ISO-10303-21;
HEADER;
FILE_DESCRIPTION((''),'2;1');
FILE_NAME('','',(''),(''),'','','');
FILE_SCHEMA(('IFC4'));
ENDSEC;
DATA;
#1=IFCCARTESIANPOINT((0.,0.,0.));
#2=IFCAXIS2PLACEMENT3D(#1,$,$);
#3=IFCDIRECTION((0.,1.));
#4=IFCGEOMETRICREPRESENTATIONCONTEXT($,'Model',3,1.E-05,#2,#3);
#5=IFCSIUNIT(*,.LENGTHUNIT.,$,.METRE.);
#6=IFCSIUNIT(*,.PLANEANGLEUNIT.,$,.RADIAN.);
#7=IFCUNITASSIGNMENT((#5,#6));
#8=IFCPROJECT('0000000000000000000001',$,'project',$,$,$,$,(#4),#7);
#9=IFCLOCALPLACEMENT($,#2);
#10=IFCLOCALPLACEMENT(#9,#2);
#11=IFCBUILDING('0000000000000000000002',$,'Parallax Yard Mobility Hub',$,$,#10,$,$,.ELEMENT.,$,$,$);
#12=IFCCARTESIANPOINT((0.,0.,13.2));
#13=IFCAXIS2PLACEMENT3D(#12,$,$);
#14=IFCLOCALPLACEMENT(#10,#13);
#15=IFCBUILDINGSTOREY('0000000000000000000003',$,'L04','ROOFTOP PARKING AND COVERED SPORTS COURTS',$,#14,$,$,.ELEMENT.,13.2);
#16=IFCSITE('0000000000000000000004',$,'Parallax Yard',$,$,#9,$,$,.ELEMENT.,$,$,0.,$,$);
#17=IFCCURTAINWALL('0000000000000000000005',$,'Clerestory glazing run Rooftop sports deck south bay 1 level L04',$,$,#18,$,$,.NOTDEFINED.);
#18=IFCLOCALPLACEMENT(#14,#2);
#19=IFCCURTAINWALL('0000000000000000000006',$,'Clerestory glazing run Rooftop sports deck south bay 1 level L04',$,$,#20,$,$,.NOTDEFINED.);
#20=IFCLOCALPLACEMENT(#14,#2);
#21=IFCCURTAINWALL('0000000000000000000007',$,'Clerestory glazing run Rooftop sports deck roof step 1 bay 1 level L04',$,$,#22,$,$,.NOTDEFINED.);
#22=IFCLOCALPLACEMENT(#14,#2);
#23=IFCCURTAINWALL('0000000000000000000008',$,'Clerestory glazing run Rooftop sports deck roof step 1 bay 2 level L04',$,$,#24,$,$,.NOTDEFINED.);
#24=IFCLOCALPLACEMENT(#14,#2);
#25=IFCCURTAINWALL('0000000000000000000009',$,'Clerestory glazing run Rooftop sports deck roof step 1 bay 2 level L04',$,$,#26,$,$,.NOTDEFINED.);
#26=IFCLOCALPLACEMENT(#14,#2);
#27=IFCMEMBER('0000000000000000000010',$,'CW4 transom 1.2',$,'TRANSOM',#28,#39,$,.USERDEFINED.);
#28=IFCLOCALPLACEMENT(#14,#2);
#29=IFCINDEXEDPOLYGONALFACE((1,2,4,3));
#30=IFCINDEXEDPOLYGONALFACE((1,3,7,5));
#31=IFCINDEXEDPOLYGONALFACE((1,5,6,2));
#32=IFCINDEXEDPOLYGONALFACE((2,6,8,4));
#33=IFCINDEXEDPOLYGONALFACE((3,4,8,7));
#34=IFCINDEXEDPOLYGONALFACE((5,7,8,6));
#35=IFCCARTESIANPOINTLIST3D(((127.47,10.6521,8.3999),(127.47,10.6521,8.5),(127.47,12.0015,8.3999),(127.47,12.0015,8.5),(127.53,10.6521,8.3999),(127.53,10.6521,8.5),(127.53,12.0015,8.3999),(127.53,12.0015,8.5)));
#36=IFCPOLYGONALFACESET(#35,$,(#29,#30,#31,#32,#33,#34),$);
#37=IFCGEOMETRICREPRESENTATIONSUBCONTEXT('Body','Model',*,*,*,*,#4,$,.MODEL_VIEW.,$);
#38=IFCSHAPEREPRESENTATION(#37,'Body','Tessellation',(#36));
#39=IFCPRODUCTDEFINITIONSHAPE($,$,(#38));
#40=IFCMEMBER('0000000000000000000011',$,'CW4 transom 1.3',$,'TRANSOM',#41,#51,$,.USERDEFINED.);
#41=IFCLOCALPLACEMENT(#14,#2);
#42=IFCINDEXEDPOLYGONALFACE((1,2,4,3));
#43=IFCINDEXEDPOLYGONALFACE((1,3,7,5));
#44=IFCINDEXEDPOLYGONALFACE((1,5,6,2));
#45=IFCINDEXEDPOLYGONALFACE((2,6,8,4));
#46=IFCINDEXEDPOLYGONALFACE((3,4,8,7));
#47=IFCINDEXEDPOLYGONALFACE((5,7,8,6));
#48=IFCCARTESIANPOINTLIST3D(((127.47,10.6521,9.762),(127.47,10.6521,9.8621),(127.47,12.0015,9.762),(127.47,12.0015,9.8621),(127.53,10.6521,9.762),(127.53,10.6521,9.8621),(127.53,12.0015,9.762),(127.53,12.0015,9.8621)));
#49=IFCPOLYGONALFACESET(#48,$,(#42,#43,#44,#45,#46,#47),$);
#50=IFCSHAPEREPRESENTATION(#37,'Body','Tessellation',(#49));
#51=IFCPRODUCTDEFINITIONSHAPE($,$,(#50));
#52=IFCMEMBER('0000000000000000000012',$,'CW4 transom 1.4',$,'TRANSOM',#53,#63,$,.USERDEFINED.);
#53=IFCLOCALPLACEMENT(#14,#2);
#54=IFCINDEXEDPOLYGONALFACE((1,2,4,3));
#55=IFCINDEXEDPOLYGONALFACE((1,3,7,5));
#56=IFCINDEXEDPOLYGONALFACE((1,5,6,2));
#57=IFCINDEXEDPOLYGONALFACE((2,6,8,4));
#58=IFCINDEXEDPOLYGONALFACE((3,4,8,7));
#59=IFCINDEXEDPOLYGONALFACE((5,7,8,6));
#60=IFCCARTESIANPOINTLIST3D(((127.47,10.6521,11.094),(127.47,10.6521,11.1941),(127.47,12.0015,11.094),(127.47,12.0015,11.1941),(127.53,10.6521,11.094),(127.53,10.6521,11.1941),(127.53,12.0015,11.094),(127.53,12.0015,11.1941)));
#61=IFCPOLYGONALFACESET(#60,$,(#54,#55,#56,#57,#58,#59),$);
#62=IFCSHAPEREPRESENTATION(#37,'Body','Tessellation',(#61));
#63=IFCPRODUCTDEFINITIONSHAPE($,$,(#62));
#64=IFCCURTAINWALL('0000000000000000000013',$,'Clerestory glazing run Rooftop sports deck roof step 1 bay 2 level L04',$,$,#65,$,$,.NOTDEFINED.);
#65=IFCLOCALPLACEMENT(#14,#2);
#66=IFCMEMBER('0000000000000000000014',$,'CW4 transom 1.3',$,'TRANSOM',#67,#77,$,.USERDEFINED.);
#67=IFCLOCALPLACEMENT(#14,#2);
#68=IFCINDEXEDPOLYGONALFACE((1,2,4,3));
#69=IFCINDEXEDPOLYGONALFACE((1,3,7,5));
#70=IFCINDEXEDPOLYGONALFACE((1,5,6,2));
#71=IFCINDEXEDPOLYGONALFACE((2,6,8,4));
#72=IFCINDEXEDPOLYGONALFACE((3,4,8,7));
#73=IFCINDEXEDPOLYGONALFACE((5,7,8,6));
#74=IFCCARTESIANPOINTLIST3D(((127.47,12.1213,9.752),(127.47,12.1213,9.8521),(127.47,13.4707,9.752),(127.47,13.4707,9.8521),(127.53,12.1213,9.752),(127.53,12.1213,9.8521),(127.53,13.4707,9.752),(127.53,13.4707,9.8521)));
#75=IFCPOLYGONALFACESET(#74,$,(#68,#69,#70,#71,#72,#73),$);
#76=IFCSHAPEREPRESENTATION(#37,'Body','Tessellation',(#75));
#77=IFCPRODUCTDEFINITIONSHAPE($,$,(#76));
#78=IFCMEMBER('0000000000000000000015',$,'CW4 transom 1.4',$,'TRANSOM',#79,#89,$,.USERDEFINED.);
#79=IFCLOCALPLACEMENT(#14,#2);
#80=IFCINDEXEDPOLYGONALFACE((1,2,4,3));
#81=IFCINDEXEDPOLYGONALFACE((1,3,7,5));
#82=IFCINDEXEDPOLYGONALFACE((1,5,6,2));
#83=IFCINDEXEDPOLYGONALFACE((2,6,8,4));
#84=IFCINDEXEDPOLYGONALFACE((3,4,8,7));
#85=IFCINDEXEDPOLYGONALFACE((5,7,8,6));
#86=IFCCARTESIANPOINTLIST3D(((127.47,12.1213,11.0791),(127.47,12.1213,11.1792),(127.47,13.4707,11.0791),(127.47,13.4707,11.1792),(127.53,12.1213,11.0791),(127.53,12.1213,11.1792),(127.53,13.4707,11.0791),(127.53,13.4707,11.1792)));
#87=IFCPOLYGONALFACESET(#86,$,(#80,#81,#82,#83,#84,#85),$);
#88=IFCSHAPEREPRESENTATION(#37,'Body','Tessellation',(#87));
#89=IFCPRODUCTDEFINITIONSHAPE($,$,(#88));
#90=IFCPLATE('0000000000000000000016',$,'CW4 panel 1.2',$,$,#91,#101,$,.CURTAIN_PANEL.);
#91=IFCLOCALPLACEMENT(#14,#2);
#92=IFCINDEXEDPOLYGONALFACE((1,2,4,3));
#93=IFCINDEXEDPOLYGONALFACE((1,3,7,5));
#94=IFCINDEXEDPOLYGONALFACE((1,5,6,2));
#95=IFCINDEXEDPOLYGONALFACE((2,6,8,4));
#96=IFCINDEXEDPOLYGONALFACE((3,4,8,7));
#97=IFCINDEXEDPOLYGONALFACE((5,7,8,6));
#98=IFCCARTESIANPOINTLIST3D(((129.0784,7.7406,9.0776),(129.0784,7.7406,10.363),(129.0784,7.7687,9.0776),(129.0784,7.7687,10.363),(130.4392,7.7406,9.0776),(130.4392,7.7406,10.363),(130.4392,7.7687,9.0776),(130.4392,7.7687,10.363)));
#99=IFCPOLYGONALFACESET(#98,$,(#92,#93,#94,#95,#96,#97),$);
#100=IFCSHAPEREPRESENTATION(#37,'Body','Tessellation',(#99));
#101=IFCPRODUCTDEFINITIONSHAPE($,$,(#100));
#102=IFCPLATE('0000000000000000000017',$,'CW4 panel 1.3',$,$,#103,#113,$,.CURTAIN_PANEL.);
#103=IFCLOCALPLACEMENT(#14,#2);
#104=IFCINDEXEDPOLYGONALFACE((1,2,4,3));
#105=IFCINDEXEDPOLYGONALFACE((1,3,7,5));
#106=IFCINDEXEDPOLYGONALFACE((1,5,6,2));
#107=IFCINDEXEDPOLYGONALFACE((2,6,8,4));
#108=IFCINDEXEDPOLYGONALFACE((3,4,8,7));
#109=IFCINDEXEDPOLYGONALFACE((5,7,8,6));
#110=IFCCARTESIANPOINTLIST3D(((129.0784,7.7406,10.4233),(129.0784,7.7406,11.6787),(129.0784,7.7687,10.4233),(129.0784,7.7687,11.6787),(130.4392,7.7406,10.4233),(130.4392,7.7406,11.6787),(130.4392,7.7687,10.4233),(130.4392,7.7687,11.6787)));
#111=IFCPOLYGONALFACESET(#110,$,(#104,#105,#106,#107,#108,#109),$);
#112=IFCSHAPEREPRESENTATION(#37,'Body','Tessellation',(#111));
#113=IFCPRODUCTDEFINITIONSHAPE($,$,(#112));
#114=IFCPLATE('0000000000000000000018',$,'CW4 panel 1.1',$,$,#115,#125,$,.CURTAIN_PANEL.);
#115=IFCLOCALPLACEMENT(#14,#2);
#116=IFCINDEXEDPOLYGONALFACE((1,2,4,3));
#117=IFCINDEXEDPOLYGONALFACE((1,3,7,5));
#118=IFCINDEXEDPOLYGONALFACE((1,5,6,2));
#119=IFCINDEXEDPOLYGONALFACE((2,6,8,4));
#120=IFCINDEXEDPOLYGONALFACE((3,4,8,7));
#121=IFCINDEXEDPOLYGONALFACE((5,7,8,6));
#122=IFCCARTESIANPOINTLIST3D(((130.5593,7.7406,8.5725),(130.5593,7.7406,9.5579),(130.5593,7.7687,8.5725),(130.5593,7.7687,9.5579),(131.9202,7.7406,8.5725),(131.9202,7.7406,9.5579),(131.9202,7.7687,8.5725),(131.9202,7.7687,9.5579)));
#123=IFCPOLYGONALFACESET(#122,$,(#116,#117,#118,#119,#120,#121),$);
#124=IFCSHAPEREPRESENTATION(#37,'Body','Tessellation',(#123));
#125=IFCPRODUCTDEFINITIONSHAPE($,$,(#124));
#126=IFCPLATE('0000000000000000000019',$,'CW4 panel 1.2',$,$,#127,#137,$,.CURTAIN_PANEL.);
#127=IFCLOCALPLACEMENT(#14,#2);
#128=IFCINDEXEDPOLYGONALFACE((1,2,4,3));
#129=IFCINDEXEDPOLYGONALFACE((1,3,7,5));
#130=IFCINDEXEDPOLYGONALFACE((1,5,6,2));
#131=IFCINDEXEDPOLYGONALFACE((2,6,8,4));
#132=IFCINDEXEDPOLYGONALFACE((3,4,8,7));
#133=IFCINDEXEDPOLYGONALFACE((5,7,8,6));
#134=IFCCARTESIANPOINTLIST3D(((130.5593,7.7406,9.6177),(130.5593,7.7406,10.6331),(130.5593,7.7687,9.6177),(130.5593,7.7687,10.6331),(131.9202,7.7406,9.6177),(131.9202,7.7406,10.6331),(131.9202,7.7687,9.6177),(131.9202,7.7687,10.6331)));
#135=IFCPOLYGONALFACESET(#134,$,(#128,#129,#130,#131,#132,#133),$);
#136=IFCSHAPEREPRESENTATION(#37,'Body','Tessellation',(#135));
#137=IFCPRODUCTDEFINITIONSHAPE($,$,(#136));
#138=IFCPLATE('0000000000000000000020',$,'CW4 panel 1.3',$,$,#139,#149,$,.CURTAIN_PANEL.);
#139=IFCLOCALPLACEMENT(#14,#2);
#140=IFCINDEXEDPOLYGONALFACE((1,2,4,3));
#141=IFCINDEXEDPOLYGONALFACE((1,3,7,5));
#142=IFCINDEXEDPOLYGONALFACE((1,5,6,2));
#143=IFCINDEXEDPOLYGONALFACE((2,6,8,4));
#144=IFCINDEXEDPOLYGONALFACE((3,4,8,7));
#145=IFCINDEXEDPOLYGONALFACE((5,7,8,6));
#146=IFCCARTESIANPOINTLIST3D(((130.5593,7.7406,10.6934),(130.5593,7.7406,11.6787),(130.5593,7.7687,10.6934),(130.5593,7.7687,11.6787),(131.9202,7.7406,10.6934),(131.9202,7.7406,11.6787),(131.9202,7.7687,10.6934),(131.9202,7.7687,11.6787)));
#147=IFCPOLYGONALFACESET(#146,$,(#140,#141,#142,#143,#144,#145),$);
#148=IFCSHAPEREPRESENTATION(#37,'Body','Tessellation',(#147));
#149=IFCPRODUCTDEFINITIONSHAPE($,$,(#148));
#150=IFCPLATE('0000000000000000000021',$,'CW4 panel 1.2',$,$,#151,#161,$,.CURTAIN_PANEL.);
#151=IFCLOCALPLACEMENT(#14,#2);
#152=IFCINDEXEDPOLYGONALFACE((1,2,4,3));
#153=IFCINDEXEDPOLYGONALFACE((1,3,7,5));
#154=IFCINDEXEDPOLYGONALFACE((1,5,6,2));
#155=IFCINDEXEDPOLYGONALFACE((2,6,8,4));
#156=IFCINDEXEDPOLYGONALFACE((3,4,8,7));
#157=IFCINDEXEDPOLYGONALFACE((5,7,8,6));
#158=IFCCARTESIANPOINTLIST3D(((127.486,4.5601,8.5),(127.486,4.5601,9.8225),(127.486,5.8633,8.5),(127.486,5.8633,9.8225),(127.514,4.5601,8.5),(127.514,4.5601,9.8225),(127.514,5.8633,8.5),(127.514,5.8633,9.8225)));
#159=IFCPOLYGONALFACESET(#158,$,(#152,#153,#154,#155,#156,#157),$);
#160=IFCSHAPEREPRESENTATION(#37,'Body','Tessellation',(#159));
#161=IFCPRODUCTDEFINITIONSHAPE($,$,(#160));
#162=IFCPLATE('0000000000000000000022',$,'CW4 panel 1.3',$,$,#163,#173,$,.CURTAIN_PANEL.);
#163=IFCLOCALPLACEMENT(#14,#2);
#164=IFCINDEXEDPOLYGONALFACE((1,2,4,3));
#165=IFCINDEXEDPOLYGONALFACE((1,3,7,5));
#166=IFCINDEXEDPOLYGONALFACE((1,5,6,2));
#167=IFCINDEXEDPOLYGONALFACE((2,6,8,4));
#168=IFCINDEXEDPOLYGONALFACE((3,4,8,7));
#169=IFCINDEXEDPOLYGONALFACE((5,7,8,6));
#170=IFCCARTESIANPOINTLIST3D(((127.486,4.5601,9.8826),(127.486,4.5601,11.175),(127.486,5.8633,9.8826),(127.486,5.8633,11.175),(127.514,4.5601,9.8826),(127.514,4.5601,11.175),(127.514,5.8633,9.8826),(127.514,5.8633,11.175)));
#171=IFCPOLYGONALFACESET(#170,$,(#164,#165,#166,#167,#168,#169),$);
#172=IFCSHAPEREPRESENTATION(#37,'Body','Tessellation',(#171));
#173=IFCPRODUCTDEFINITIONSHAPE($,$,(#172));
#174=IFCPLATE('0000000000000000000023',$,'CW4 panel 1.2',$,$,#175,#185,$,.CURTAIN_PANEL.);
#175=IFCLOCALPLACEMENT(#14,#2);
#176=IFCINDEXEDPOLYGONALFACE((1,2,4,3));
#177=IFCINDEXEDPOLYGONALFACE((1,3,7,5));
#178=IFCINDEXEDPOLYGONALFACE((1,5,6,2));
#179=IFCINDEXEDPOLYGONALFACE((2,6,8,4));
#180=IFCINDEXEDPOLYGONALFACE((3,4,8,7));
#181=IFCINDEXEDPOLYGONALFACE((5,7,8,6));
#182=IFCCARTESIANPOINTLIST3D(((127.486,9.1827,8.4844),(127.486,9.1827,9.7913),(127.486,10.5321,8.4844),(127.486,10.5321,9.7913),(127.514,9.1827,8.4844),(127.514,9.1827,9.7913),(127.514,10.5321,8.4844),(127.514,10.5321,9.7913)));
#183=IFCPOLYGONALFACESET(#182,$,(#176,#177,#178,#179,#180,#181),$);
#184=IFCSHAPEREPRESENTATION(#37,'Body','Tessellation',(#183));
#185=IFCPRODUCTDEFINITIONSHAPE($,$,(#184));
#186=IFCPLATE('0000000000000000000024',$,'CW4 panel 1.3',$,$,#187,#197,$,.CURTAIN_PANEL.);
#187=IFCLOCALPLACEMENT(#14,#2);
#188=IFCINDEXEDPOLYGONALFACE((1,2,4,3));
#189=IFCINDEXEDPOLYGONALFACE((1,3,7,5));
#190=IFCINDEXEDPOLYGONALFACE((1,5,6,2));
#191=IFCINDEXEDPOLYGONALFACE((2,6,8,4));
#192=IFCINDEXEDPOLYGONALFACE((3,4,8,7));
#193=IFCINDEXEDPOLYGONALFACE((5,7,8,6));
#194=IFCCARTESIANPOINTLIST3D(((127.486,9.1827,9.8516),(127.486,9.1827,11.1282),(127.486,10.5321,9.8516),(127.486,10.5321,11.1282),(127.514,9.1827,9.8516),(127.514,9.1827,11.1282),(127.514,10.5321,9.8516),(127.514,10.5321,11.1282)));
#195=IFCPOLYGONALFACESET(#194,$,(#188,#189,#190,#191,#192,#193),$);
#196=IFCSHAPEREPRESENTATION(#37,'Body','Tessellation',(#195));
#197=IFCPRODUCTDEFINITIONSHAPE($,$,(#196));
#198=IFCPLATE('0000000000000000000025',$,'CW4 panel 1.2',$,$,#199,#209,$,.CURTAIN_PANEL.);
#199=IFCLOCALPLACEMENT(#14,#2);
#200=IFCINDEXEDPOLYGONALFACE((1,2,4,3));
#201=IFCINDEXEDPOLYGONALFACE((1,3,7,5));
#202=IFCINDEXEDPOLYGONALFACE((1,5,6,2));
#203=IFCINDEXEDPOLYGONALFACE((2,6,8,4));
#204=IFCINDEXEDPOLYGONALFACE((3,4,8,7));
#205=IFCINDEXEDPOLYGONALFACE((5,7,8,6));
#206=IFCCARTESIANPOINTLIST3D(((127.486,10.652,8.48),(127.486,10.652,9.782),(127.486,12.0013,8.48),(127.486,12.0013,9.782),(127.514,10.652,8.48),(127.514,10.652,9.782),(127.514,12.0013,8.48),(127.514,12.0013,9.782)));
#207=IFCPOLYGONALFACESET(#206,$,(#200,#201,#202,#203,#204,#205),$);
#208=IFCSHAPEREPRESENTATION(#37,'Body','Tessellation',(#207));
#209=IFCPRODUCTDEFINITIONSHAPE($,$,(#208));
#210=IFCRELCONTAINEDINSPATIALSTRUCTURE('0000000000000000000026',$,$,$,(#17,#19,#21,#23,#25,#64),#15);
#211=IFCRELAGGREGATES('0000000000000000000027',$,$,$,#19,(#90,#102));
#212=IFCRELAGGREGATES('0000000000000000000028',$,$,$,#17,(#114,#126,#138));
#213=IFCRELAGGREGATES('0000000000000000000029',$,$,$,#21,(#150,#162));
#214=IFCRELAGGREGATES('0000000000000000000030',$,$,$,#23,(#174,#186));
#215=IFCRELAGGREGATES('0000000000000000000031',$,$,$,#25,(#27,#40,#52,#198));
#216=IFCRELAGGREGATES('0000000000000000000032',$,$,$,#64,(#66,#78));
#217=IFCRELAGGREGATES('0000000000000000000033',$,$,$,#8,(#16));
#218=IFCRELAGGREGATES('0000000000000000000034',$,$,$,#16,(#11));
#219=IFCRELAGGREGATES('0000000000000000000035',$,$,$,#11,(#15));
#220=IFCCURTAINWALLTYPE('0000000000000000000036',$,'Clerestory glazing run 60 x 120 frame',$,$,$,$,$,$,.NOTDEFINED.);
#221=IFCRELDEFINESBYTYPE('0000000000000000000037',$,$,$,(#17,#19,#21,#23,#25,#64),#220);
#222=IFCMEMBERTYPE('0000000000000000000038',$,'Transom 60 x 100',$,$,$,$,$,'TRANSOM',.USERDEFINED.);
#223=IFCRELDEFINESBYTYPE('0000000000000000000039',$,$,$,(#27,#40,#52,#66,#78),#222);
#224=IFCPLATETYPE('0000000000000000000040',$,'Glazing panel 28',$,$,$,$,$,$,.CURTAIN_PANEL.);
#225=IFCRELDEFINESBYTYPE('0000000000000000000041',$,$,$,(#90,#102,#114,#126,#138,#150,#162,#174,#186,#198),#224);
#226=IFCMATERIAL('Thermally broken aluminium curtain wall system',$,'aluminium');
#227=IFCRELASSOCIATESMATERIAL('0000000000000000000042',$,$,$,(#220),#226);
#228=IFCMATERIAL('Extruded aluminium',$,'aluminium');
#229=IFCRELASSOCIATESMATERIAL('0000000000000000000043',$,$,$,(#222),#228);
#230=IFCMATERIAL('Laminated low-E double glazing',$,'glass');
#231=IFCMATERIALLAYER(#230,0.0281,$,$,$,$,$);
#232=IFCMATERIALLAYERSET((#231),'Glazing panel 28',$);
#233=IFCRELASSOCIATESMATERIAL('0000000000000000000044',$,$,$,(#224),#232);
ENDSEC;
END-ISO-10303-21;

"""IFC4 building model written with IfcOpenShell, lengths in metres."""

from ifc_helpers import new_model, si_unit, direction, frame, origin, origin_2d, place, context, subcontext, project, spatial, rectangle, extrude, material, layer, layer_set, material_profile, profile_set, type_object, element, aggregate, save


model = new_model("IFC4")

# Units and contexts
model_context = context("Model", 3, precision=1e-05, world=origin(), true_north=direction((0.0, 1.0)))
body_context = subcontext(model_context, "Body", "Model", "MODEL_VIEW")
ifc_project = project(units=[si_unit("LENGTHUNIT", "METRE"), si_unit("PLANEANGLEUNIT", "RADIAN")], contexts=[model_context])

# Site, building, storey
site_placement = place(None, origin())
site = spatial("IfcSite", under=ifc_project, at=site_placement, Name="Parallax Yard", CompositionType="ELEMENT", RefElevation=0.0)
building_placement = place(site_placement, origin())
building = spatial("IfcBuilding", under=site, at=building_placement, Name="Parallax Yard Mobility Hub", CompositionType="ELEMENT")
storey_placement = place(building_placement, frame((0.0, 0.0, 13.2)))
storey = spatial("IfcBuildingStorey", under=building, at=storey_placement, Name="L04", Description="ROOFTOP PARKING AND COVERED SPORTS COURTS", CompositionType="ELEMENT", Elevation=13.2)

# Curtain wall
ifc_material_1 = material(Name="Thermally broken aluminium curtain wall system", Category="aluminium")
curtain_wall_type = type_object("IfcCurtainWallType", Name="Clerestory glazing run 60 x 120 frame", PredefinedType="NOTDEFINED", material=ifc_material_1)
curtain_wall_1_placement = place(storey_placement, origin())
curtain_wall_1 = element("IfcCurtainWall", 1, at=curtain_wall_1_placement, inside=storey, type_object=curtain_wall_type, Name="Clerestory glazing run Rooftop sports deck south bay 1 level L04", PredefinedType="NOTDEFINED")
ifc_material_2 = material(Name="Extruded aluminium", Category="aluminium")

# Curtain wall
curtain_wall_2_placement = place(storey_placement, origin())
curtain_wall_2 = element("IfcCurtainWall", 2, at=curtain_wall_2_placement, inside=storey, type_object=curtain_wall_type, Name="Clerestory glazing run Rooftop sports deck south bay 1 level L04", PredefinedType="NOTDEFINED")
ifc_material_profile_1 = material_profile(ifc_material_2, rectangle(XDim=0.0601, YDim=0.1001, at=origin_2d()), Name="Transom 60 x 100")
ifc_profile_set_1 = profile_set([ifc_material_profile_1], Name="Extruded aluminium")
member_type_1 = type_object("IfcMemberType", Name="Transom 60 x 100", ElementType="TRANSOM", PredefinedType="USERDEFINED", material=ifc_profile_set_1)

# Curtain walls, members
curtain_wall_3_placement = place(storey_placement, origin())
curtain_wall_3 = element("IfcCurtainWall", 3, at=curtain_wall_3_placement, inside=storey, type_object=curtain_wall_type, Name="Clerestory glazing run Rooftop sports deck roof step 1 bay 1 level L04", PredefinedType="NOTDEFINED")
curtain_wall_4_placement = place(storey_placement, origin())
curtain_wall_4 = element("IfcCurtainWall", 4, at=curtain_wall_4_placement, inside=storey, type_object=curtain_wall_type, Name="Clerestory glazing run Rooftop sports deck roof step 1 bay 2 level L04", PredefinedType="NOTDEFINED")
curtain_wall_5_placement = place(storey_placement, origin())
curtain_wall_5 = element("IfcCurtainWall", 5, at=curtain_wall_5_placement, inside=storey, type_object=curtain_wall_type, Name="Clerestory glazing run Rooftop sports deck roof step 1 bay 2 level L04", PredefinedType="NOTDEFINED")
member_1_placement = place(storey_placement, frame((127.5, 10.6521, 8.45), z_axis=(0.0, 1.0, 0.0), x_axis=(-1.0, 0.0, 0.0)))
member_1 = element("IfcMember", 6, at=member_1_placement, type_object=member_type_1, Name="CW4 transom 1.2", ObjectType="TRANSOM", PredefinedType="USERDEFINED", context=body_context, shape_type="SweptSolid", body=[
    extrude(rectangle(XDim=0.0601, YDim=0.1001, at=origin_2d()), origin(), (0.0, 0.0, 1.0), 1.3494),
])
member_2_placement = place(storey_placement, frame((127.5, 10.6521, 9.812), z_axis=(0.0, 1.0, 0.0), x_axis=(-1.0, 0.0, 0.0)))
member_2 = element("IfcMember", 7, at=member_2_placement, type_object=member_type_1, Name="CW4 transom 1.3", ObjectType="TRANSOM", PredefinedType="USERDEFINED", context=body_context, shape_type="SweptSolid", body=[
    extrude(rectangle(XDim=0.0601, YDim=0.1001, at=origin_2d()), origin(), (0.0, 0.0, 1.0), 1.3494),
])
member_3_placement = place(storey_placement, frame((127.5, 10.6521, 11.144), z_axis=(0.0, 1.0, 0.0), x_axis=(-1.0, 0.0, 0.0)))
member_3 = element("IfcMember", 8, at=member_3_placement, type_object=member_type_1, Name="CW4 transom 1.4", ObjectType="TRANSOM", PredefinedType="USERDEFINED", context=body_context, shape_type="SweptSolid", body=[
    extrude(rectangle(XDim=0.0601, YDim=0.1001, at=origin_2d()), origin(), (0.0, 0.0, 1.0), 1.3494),
])
curtain_wall_6_placement = place(storey_placement, origin())
curtain_wall_6 = element("IfcCurtainWall", 9, at=curtain_wall_6_placement, inside=storey, type_object=curtain_wall_type, Name="Clerestory glazing run Rooftop sports deck roof step 1 bay 2 level L04", PredefinedType="NOTDEFINED")
member_4_placement = place(storey_placement, frame((127.5, 12.1213, 9.802), z_axis=(0.0, 1.0, 0.0), x_axis=(-1.0, 0.0, 0.0)))
member_4 = element("IfcMember", 10, at=member_4_placement, type_object=member_type_1, Name="CW4 transom 1.3", ObjectType="TRANSOM", PredefinedType="USERDEFINED", context=body_context, shape_type="SweptSolid", body=[
    extrude(rectangle(XDim=0.0601, YDim=0.1001, at=origin_2d()), origin(), (0.0, 0.0, 1.0), 1.3494),
])
member_5_placement = place(storey_placement, frame((127.5, 12.1213, 11.1292), z_axis=(0.0, 1.0, 0.0), x_axis=(-1.0, 0.0, 0.0)))
member_5 = element("IfcMember", 11, at=member_5_placement, type_object=member_type_1, Name="CW4 transom 1.4", ObjectType="TRANSOM", PredefinedType="USERDEFINED", context=body_context, shape_type="SweptSolid", body=[
    extrude(rectangle(XDim=0.0601, YDim=0.1001, at=origin_2d()), origin(), (0.0, 0.0, 1.0), 1.3494),
])

# Plates
ifc_material_3 = material(Name="Laminated low-E double glazing", Category="glass")
ifc_layer_1 = layer(ifc_material_3, 0.0281)
ifc_layer_set_1 = layer_set([ifc_layer_1], Name="Glazing panel 28")
plate_type = type_object("IfcPlateType", Name="Glazing panel 28", PredefinedType="CURTAIN_PANEL", material=ifc_layer_set_1)
plate_1_placement = place(storey_placement, frame((129.7588, 7.7546, 9.0776), z_axis=(0.0, 0.0, 1.0), x_axis=(1.0, 0.0, 0.0)))
plate_1 = element("IfcPlate", 12, at=plate_1_placement, type_object=plate_type, Name="CW4 panel 1.2", PredefinedType="CURTAIN_PANEL", context=body_context, shape_type="SweptSolid", body=[
    extrude(rectangle(XDim=1.3608, YDim=0.0281, at=origin_2d()), origin(), (0.0, 0.0, 1.0), 1.2854),
])
plate_2_placement = place(storey_placement, frame((129.7588, 7.7546, 10.4233), z_axis=(0.0, 0.0, 1.0), x_axis=(1.0, 0.0, 0.0)))
plate_2 = element("IfcPlate", 13, at=plate_2_placement, type_object=plate_type, Name="CW4 panel 1.3", PredefinedType="CURTAIN_PANEL", context=body_context, shape_type="SweptSolid", body=[
    extrude(rectangle(XDim=1.3608, YDim=0.0281, at=origin_2d()), origin(), (0.0, 0.0, 1.0), 1.2554),
])
aggregate(curtain_wall_2, [plate_1, plate_2])
plate_3_placement = place(storey_placement, frame((131.2397, 7.7546, 8.5725), z_axis=(0.0, 0.0, 1.0), x_axis=(1.0, 0.0, 0.0)))
plate_3 = element("IfcPlate", 14, at=plate_3_placement, type_object=plate_type, Name="CW4 panel 1.1", PredefinedType="CURTAIN_PANEL", context=body_context, shape_type="SweptSolid", body=[
    extrude(rectangle(XDim=1.3608, YDim=0.0281, at=origin_2d()), origin(), (0.0, 0.0, 1.0), 0.9854),
])
plate_4_placement = place(storey_placement, frame((131.2397, 7.7546, 9.6177), z_axis=(0.0, 0.0, 1.0), x_axis=(1.0, 0.0, 0.0)))
plate_4 = element("IfcPlate", 15, at=plate_4_placement, type_object=plate_type, Name="CW4 panel 1.2", PredefinedType="CURTAIN_PANEL", context=body_context, shape_type="SweptSolid", body=[
    extrude(rectangle(XDim=1.3608, YDim=0.0281, at=origin_2d()), origin(), (0.0, 0.0, 1.0), 1.0154),
])
plate_5_placement = place(storey_placement, frame((131.2397, 7.7546, 10.6934), z_axis=(0.0, 0.0, 1.0), x_axis=(1.0, 0.0, 0.0)))
plate_5 = element("IfcPlate", 16, at=plate_5_placement, type_object=plate_type, Name="CW4 panel 1.3", PredefinedType="CURTAIN_PANEL", context=body_context, shape_type="SweptSolid", body=[
    extrude(rectangle(XDim=1.3608, YDim=0.0281, at=origin_2d()), origin(), (0.0, 0.0, 1.0), 0.9854),
])
aggregate(curtain_wall_1, [plate_3, plate_4, plate_5])
plate_6_placement = place(storey_placement, frame((127.5, 5.2117, 8.5), z_axis=(0.0, 0.0, 1.0), x_axis=(0.0, 1.0, 0.0)))
plate_6 = element("IfcPlate", 17, at=plate_6_placement, type_object=plate_type, Name="CW4 panel 1.2", PredefinedType="CURTAIN_PANEL", context=body_context, shape_type="SweptSolid", body=[
    extrude(rectangle(XDim=1.3032, YDim=0.0281, at=origin_2d()), origin(), (0.0, 0.0, 1.0), 1.3225),
])
plate_7_placement = place(storey_placement, frame((127.5, 5.2117, 9.8826), z_axis=(0.0, 0.0, 1.0), x_axis=(0.0, 1.0, 0.0)))
plate_7 = element("IfcPlate", 18, at=plate_7_placement, type_object=plate_type, Name="CW4 panel 1.3", PredefinedType="CURTAIN_PANEL", context=body_context, shape_type="SweptSolid", body=[
    extrude(rectangle(XDim=1.3032, YDim=0.0281, at=origin_2d()), origin(), (0.0, 0.0, 1.0), 1.2925),
])
aggregate(curtain_wall_3, [plate_6, plate_7])
plate_8_placement = place(storey_placement, frame((127.5, 9.8574, 8.4844), z_axis=(0.0, 0.0, 1.0), x_axis=(0.0, 1.0, 0.0)))
plate_8 = element("IfcPlate", 19, at=plate_8_placement, type_object=plate_type, Name="CW4 panel 1.2", PredefinedType="CURTAIN_PANEL", context=body_context, shape_type="SweptSolid", body=[
    extrude(rectangle(XDim=1.3494, YDim=0.0281, at=origin_2d()), origin(), (0.0, 0.0, 1.0), 1.3069),
])
plate_9_placement = place(storey_placement, frame((127.5, 9.8574, 9.8516), z_axis=(0.0, 0.0, 1.0), x_axis=(0.0, 1.0, 0.0)))
plate_9 = element("IfcPlate", 20, at=plate_9_placement, type_object=plate_type, Name="CW4 panel 1.3", PredefinedType="CURTAIN_PANEL", context=body_context, shape_type="SweptSolid", body=[
    extrude(rectangle(XDim=1.3494, YDim=0.0281, at=origin_2d()), origin(), (0.0, 0.0, 1.0), 1.2766),
])
aggregate(curtain_wall_4, [plate_8, plate_9])
plate_10_placement = place(storey_placement, frame((127.5, 11.3267, 8.48), z_axis=(0.0, 0.0, 1.0), x_axis=(0.0, 1.0, 0.0)))
plate_10 = element("IfcPlate", 21, at=plate_10_placement, type_object=plate_type, Name="CW4 panel 1.2", PredefinedType="CURTAIN_PANEL", context=body_context, shape_type="SweptSolid", body=[
    extrude(rectangle(XDim=1.3494, YDim=0.0281, at=origin_2d()), origin(), (0.0, 0.0, 1.0), 1.302),
])
aggregate(curtain_wall_5, [member_1, member_2, member_3, plate_10])
aggregate(curtain_wall_6, [member_4, member_5])

save(model, "model.ifc")
